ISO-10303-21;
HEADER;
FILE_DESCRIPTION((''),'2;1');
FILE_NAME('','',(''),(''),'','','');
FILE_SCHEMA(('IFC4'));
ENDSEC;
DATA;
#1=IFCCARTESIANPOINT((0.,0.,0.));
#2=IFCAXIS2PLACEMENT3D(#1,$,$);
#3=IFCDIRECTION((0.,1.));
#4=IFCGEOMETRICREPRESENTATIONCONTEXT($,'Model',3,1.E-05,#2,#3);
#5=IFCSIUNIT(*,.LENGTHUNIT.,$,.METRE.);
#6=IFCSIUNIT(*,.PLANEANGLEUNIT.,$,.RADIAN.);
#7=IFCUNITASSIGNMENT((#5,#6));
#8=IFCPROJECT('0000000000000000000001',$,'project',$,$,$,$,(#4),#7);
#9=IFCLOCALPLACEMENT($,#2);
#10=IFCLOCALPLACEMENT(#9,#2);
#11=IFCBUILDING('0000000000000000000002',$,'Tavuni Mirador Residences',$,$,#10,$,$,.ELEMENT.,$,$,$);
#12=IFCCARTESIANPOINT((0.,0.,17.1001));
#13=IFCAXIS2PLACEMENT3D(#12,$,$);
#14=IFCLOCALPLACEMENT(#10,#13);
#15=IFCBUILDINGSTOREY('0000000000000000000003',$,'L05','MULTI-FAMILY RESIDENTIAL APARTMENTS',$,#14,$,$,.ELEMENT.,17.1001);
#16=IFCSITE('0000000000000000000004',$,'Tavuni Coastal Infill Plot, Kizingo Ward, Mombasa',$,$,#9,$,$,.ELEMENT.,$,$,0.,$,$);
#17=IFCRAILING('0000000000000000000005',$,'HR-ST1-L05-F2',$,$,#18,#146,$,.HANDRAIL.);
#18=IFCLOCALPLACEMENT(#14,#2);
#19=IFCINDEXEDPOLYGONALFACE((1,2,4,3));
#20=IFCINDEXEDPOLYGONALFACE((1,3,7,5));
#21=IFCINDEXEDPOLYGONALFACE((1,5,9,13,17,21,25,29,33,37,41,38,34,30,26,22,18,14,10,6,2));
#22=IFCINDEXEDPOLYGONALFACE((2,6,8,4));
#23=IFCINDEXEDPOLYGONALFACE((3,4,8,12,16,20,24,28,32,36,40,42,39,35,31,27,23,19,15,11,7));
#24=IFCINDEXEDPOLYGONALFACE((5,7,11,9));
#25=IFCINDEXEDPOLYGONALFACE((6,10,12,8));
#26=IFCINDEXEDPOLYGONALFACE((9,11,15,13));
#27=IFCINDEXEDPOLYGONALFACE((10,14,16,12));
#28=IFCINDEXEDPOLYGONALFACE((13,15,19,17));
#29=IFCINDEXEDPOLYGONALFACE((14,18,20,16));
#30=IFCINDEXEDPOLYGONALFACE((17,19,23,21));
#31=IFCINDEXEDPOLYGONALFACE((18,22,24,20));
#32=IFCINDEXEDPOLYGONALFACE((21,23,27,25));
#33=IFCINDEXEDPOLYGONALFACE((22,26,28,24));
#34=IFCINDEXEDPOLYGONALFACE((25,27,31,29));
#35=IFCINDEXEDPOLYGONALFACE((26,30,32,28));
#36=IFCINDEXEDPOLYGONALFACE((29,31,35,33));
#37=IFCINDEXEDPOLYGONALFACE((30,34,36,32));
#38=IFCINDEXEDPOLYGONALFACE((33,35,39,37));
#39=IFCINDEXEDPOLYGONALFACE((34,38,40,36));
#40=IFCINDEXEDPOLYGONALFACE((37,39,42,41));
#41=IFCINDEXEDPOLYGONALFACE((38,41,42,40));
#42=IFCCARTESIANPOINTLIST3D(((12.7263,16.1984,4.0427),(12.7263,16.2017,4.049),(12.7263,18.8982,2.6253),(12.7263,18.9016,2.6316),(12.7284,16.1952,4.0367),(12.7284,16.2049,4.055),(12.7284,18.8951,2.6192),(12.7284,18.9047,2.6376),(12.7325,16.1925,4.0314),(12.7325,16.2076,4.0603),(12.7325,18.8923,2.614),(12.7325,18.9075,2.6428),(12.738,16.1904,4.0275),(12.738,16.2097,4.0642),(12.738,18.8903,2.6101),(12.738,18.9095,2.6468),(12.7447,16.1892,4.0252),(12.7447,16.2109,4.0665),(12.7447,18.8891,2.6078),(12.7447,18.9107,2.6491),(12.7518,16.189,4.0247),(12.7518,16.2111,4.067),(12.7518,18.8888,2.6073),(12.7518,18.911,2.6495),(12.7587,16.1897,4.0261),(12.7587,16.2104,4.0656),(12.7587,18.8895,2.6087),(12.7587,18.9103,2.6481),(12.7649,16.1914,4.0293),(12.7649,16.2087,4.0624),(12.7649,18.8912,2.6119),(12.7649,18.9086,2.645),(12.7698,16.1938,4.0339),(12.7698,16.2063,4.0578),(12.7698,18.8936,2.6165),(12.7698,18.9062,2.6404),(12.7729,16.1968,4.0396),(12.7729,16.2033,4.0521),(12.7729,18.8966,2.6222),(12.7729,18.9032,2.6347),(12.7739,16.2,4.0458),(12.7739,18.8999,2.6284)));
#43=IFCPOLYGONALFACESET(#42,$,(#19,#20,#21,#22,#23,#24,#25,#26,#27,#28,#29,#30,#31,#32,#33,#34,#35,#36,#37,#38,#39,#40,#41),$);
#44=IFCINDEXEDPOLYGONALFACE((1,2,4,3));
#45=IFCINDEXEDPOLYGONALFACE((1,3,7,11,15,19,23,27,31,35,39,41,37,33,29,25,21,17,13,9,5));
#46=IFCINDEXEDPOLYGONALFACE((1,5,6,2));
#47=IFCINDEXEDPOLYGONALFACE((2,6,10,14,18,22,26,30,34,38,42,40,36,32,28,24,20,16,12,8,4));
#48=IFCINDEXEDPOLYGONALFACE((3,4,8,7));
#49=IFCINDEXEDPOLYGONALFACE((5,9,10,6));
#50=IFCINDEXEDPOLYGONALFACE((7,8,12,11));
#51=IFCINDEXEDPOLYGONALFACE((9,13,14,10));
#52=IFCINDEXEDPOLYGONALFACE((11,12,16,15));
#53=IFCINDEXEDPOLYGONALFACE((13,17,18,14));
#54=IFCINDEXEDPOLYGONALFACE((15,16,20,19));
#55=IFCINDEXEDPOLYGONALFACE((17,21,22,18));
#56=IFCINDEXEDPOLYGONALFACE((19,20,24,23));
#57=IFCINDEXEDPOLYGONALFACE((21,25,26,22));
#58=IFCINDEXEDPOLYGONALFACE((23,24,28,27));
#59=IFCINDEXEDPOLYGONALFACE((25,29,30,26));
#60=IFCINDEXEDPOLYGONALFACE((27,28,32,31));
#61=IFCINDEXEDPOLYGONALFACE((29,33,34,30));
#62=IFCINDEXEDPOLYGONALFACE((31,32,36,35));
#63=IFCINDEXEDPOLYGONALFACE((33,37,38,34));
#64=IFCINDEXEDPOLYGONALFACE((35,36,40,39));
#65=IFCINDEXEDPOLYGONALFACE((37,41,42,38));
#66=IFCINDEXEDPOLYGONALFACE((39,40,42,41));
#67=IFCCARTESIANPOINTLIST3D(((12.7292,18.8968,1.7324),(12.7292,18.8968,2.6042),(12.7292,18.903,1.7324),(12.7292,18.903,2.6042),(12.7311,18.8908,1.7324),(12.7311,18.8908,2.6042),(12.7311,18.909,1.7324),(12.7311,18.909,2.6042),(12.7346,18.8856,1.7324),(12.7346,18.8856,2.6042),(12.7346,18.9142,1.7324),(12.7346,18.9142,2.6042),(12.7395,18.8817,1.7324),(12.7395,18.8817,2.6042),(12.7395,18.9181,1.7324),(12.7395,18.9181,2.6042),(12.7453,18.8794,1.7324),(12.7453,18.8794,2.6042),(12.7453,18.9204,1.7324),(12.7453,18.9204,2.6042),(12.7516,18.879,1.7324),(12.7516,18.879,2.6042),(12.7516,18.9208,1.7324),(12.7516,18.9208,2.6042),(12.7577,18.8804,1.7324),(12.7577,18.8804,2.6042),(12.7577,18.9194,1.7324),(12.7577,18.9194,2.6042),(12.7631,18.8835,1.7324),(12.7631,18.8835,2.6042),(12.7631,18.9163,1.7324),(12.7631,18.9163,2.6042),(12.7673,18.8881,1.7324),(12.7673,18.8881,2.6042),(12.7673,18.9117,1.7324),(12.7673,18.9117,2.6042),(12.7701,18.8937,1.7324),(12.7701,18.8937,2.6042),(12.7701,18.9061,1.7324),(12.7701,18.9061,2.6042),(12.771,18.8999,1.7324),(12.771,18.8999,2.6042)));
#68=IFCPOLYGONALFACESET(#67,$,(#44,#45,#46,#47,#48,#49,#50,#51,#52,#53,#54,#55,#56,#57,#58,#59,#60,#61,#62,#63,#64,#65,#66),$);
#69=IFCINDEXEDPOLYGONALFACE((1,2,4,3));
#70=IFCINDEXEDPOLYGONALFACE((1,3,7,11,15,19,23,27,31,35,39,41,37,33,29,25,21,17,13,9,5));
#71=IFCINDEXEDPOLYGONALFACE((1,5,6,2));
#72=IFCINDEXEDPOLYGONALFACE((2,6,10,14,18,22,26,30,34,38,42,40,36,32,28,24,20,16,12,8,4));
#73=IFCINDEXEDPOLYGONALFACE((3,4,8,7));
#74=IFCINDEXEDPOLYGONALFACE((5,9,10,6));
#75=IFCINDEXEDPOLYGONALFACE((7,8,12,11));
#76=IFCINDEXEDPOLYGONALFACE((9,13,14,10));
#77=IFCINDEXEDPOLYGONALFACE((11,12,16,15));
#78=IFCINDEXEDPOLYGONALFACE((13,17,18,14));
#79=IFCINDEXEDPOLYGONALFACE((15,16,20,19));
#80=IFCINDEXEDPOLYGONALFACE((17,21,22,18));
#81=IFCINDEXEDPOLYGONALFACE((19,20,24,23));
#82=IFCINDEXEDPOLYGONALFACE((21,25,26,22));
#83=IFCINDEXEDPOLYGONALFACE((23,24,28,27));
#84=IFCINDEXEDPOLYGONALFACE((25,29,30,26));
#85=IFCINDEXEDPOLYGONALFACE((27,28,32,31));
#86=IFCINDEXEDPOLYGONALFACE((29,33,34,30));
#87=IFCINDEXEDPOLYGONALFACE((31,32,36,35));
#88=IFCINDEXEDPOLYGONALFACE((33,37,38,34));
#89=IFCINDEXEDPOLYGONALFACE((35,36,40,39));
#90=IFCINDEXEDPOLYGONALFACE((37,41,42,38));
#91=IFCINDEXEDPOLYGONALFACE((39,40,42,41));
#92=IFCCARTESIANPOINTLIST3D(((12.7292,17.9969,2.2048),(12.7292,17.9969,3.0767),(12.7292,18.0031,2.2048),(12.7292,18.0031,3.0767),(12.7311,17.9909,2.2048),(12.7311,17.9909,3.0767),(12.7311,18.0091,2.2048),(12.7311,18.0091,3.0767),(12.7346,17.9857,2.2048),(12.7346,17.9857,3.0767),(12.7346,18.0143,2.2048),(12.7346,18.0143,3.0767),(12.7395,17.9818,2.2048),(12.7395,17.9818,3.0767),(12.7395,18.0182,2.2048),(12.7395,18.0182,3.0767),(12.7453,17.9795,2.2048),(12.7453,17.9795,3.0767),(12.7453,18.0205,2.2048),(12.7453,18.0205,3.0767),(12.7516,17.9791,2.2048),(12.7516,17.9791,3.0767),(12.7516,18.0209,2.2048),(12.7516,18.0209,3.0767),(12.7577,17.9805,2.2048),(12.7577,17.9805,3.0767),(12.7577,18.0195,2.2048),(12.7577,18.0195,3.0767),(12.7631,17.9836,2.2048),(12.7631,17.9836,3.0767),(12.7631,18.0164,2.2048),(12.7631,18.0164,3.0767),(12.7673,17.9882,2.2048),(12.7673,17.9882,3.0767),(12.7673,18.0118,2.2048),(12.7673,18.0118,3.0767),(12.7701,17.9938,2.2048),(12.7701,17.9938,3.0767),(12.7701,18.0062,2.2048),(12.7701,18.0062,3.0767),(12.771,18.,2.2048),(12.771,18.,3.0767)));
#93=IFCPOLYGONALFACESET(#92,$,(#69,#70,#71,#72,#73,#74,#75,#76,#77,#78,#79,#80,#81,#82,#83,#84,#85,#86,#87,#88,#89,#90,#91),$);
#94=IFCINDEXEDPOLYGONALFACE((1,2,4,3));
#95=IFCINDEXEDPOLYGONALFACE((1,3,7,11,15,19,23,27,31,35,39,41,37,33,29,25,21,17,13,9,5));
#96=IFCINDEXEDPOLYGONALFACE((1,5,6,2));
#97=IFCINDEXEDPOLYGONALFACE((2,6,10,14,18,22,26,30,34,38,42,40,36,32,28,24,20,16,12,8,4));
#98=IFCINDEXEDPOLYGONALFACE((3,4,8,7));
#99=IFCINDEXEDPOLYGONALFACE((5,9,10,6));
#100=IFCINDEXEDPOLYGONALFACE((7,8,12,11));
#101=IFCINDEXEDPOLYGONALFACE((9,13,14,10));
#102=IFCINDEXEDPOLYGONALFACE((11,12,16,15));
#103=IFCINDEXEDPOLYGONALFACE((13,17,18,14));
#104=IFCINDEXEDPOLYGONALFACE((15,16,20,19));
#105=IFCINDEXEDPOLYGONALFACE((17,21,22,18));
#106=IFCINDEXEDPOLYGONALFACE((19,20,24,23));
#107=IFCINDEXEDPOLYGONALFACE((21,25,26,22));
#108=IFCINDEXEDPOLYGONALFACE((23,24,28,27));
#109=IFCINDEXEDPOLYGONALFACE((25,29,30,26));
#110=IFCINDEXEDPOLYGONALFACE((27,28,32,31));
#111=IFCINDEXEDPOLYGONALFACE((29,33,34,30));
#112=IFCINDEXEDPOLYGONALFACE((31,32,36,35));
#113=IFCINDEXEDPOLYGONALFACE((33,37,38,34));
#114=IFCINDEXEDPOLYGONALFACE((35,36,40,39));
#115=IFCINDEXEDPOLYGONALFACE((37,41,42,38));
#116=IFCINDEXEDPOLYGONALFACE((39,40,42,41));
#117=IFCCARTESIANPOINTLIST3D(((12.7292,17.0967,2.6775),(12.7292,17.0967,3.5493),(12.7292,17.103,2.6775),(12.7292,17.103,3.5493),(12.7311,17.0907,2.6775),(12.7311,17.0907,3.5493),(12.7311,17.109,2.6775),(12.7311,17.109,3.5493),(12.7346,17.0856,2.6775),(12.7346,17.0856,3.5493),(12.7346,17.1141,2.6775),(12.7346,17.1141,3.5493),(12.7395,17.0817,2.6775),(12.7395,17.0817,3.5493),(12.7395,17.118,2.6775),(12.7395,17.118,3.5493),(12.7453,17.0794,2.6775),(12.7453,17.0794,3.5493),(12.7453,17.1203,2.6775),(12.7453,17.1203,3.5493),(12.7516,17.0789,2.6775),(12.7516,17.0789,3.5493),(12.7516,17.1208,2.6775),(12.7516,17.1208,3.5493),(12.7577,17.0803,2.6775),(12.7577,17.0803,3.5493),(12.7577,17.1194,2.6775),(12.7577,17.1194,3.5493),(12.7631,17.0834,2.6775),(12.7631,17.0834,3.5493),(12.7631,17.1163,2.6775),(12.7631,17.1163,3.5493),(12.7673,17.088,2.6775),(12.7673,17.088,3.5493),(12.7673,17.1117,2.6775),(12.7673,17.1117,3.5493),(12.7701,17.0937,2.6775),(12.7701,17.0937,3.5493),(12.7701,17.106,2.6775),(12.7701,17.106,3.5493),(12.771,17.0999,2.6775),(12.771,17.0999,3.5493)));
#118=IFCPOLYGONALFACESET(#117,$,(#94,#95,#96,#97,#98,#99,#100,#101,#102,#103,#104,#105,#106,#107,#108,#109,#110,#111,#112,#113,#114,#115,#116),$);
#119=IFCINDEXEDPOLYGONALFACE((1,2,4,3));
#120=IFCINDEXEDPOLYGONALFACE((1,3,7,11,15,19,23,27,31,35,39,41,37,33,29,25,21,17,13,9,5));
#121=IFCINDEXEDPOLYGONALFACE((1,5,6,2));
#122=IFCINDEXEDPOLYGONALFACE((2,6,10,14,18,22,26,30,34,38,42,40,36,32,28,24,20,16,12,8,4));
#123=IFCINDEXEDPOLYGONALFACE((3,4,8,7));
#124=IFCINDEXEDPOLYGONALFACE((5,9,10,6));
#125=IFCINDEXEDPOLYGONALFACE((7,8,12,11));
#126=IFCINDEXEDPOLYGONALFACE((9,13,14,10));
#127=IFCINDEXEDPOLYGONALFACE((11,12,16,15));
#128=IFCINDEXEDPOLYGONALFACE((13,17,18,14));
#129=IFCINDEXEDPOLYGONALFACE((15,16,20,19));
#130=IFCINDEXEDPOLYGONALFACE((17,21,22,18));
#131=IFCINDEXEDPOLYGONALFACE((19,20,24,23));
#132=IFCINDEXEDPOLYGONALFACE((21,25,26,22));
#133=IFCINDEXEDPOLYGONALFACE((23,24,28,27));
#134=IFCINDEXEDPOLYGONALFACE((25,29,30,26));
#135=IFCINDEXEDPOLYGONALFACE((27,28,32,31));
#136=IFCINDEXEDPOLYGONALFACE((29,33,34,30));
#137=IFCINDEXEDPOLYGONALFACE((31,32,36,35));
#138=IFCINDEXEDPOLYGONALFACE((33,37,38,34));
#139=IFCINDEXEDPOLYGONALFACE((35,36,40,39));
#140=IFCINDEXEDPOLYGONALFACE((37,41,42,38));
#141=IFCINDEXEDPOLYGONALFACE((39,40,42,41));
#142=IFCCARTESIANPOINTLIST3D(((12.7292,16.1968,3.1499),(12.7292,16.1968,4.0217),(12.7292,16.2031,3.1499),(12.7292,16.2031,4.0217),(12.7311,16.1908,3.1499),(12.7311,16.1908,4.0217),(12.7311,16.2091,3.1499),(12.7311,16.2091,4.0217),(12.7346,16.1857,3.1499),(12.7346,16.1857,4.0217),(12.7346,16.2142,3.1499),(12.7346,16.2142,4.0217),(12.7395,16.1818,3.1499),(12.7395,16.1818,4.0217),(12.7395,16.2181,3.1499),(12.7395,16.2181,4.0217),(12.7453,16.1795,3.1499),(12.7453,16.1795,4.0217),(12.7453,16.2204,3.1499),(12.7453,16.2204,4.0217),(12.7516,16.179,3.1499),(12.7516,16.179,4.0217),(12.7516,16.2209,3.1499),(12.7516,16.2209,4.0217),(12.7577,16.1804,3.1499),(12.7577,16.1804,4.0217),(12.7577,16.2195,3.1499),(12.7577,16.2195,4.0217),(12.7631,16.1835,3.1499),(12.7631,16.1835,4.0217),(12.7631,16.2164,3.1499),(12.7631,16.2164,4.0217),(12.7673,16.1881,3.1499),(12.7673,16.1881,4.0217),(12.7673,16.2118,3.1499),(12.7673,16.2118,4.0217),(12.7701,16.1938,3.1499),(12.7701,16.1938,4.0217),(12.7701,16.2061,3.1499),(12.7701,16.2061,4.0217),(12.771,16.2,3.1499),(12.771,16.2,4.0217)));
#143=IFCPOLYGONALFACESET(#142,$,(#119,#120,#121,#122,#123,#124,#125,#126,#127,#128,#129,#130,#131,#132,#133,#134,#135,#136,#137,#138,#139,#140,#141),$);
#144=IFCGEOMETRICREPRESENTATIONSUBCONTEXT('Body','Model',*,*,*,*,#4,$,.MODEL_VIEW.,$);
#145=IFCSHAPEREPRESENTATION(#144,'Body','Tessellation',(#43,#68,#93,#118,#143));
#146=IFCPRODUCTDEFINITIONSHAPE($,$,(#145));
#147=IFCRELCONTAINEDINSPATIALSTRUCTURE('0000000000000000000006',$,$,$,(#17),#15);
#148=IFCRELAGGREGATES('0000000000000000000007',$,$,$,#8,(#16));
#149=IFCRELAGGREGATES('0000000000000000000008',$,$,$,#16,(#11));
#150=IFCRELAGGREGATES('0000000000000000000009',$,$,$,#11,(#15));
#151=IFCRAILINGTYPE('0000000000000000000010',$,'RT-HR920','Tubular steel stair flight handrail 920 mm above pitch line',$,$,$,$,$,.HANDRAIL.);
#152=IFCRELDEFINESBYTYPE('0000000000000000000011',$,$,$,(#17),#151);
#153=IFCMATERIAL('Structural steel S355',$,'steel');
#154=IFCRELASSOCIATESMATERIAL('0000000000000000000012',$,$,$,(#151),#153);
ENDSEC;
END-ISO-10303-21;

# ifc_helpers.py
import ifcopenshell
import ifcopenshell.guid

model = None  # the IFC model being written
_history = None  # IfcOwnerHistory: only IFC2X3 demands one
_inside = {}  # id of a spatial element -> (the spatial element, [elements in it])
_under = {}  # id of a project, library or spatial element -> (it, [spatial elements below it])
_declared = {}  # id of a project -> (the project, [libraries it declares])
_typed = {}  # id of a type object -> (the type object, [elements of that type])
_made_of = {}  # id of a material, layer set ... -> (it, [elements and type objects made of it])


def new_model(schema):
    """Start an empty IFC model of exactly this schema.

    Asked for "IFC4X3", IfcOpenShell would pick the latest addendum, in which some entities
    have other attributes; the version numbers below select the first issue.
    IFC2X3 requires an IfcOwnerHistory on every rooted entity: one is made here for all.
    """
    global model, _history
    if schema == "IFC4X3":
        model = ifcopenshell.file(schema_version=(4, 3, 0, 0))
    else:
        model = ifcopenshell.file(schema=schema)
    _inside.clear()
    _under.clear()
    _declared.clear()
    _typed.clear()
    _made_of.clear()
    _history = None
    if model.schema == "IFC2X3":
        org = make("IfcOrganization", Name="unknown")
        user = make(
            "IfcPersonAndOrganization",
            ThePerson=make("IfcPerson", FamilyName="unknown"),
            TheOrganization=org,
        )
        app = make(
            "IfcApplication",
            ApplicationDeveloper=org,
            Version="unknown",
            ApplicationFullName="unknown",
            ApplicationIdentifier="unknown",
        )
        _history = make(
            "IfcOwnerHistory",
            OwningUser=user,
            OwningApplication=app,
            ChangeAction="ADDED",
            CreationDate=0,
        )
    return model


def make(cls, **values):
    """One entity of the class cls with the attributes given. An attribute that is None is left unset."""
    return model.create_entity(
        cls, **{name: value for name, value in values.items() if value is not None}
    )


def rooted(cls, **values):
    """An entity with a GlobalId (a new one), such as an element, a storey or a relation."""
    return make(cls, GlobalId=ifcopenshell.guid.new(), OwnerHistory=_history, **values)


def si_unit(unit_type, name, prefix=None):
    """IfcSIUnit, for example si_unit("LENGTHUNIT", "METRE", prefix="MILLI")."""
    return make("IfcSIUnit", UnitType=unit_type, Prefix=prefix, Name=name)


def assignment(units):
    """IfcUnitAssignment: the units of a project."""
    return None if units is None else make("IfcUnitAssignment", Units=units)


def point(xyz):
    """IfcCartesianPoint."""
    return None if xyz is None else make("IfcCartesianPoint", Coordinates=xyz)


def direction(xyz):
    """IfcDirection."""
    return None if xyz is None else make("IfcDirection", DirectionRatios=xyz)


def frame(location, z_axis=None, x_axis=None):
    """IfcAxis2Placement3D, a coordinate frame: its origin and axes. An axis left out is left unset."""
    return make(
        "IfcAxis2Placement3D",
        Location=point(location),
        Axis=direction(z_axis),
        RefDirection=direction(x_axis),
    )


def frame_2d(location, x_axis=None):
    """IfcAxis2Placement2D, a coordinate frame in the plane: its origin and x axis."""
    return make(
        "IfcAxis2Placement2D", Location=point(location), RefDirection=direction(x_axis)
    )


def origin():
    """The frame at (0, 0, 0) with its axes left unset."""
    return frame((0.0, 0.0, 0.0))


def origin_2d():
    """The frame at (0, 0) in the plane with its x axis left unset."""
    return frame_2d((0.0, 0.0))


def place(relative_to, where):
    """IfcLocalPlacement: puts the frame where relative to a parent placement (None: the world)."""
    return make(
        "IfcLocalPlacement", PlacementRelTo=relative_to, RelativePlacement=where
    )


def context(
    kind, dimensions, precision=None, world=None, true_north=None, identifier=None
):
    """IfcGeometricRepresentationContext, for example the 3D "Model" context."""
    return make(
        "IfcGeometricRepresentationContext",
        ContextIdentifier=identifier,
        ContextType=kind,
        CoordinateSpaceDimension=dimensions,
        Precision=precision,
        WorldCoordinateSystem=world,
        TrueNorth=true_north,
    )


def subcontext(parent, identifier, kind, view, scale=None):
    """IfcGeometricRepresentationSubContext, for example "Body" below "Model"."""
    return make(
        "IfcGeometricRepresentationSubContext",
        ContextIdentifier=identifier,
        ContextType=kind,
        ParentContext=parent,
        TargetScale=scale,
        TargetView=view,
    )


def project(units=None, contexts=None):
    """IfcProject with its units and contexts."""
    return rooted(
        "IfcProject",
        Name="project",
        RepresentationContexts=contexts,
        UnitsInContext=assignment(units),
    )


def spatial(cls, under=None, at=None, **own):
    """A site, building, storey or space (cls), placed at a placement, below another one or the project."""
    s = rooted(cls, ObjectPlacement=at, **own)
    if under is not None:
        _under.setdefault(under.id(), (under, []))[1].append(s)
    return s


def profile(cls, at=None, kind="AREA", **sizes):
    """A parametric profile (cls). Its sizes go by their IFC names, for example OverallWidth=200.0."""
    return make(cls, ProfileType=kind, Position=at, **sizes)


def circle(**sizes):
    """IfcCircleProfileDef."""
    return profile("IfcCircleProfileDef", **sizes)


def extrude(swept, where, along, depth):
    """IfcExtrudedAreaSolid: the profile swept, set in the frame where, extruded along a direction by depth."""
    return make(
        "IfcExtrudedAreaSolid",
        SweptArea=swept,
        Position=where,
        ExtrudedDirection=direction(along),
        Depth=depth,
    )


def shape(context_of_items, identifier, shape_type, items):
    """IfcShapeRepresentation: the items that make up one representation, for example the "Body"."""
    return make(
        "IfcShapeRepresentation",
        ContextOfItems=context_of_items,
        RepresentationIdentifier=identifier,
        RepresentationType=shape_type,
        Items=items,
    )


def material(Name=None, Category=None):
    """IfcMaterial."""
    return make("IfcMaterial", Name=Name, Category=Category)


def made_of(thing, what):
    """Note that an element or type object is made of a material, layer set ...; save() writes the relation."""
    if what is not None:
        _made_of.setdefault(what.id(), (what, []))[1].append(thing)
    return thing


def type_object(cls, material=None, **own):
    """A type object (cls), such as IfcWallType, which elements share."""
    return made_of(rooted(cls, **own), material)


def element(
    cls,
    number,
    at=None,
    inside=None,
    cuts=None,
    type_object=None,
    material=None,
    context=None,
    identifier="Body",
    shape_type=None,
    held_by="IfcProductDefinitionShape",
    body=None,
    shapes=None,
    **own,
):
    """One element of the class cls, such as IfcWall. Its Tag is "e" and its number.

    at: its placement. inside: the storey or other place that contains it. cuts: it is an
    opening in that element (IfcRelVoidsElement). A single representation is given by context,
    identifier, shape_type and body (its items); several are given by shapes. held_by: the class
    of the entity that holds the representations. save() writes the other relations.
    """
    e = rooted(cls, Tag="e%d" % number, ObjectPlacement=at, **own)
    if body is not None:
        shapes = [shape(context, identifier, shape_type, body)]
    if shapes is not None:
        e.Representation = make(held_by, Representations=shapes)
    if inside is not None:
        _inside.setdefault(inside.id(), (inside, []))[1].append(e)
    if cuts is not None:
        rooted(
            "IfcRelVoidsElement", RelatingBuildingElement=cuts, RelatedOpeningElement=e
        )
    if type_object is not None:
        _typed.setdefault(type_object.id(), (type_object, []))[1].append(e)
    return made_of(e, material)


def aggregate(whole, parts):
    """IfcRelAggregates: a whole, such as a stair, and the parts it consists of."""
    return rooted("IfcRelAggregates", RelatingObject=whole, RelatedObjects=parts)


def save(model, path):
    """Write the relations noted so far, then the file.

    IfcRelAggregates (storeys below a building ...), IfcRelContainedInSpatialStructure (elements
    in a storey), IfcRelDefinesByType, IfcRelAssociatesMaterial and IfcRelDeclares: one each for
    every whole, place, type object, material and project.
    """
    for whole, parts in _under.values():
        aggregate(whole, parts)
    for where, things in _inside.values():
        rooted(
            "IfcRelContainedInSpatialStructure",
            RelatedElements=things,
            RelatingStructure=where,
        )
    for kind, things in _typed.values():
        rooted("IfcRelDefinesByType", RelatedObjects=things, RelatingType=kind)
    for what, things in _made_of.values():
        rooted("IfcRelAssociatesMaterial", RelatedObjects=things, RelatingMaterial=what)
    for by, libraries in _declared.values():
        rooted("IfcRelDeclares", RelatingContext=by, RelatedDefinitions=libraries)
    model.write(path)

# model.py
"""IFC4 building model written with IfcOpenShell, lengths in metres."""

from ifc_helpers import new_model, si_unit, direction, frame, origin, origin_2d, place, context, subcontext, project, spatial, circle, extrude, material, type_object, element, save


model = new_model("IFC4")

# Units and contexts
model_context = context("Model", 3, precision=1e-05, world=origin(), true_north=direction((0.0, 1.0)))
body_context = subcontext(model_context, "Body", "Model", "MODEL_VIEW")
ifc_project = project(units=[si_unit("LENGTHUNIT", "METRE"), si_unit("PLANEANGLEUNIT", "RADIAN")], contexts=[model_context])

# Site, building, storey
site_placement = place(None, origin())
site = spatial("IfcSite", under=ifc_project, at=site_placement, Name="Tavuni Coastal Infill Plot, Kizingo Ward, Mombasa", CompositionType="ELEMENT", RefElevation=0.0)
building_placement = place(site_placement, origin())
building = spatial("IfcBuilding", under=site, at=building_placement, Name="Tavuni Mirador Residences", CompositionType="ELEMENT")
storey_placement = place(building_placement, frame((0.0, 0.0, 17.1001)))
storey = spatial("IfcBuildingStorey", under=building, at=storey_placement, Name="L05", Description="MULTI-FAMILY RESIDENTIAL APARTMENTS", CompositionType="ELEMENT", Elevation=17.1001)

# Shared definitions
ifc_material_1 = material(Name="Structural steel S355", Category="steel")

# Railing
railing_type_1 = type_object("IfcRailingType", Name="RT-HR920", Description="Tubular steel stair flight handrail 920 mm above pitch line", PredefinedType="HANDRAIL", material=ifc_material_1)
railing_1_placement = place(storey_placement, frame((12.75, 18.8999, 1.7324)))
element("IfcRailing", 1, at=railing_1_placement, inside=storey, type_object=railing_type_1, Name="HR-ST1-L05-F2", PredefinedType="HANDRAIL", context=body_context, shape_type="SweptSolid", body=[
    extrude(circle(Radius=0.0239, at=origin_2d()), frame((0.0, 0.0, 0.896), z_axis=(0.0, -0.885397, 0.464835), x_axis=(1.0, 0.0, 0.0)), (0.0, 0.0, 1.0), 3.0493),
    extrude(circle(Radius=0.021, at=origin_2d()), origin(), (0.0, 0.0, 1.0), 0.8718),
    extrude(circle(Radius=0.021, at=origin_2d()), frame((0.0, -0.8999, 0.4724)), (0.0, 0.0, 1.0), 0.8718),
    extrude(circle(Radius=0.021, at=origin_2d()), frame((0.0, -1.8, 0.9451)), (0.0, 0.0, 1.0), 0.8718),
    extrude(circle(Radius=0.021, at=origin_2d()), frame((0.0, -2.7, 1.4175)), (0.0, 0.0, 1.0), 0.8718),
])

save(model, "model.ifc")
